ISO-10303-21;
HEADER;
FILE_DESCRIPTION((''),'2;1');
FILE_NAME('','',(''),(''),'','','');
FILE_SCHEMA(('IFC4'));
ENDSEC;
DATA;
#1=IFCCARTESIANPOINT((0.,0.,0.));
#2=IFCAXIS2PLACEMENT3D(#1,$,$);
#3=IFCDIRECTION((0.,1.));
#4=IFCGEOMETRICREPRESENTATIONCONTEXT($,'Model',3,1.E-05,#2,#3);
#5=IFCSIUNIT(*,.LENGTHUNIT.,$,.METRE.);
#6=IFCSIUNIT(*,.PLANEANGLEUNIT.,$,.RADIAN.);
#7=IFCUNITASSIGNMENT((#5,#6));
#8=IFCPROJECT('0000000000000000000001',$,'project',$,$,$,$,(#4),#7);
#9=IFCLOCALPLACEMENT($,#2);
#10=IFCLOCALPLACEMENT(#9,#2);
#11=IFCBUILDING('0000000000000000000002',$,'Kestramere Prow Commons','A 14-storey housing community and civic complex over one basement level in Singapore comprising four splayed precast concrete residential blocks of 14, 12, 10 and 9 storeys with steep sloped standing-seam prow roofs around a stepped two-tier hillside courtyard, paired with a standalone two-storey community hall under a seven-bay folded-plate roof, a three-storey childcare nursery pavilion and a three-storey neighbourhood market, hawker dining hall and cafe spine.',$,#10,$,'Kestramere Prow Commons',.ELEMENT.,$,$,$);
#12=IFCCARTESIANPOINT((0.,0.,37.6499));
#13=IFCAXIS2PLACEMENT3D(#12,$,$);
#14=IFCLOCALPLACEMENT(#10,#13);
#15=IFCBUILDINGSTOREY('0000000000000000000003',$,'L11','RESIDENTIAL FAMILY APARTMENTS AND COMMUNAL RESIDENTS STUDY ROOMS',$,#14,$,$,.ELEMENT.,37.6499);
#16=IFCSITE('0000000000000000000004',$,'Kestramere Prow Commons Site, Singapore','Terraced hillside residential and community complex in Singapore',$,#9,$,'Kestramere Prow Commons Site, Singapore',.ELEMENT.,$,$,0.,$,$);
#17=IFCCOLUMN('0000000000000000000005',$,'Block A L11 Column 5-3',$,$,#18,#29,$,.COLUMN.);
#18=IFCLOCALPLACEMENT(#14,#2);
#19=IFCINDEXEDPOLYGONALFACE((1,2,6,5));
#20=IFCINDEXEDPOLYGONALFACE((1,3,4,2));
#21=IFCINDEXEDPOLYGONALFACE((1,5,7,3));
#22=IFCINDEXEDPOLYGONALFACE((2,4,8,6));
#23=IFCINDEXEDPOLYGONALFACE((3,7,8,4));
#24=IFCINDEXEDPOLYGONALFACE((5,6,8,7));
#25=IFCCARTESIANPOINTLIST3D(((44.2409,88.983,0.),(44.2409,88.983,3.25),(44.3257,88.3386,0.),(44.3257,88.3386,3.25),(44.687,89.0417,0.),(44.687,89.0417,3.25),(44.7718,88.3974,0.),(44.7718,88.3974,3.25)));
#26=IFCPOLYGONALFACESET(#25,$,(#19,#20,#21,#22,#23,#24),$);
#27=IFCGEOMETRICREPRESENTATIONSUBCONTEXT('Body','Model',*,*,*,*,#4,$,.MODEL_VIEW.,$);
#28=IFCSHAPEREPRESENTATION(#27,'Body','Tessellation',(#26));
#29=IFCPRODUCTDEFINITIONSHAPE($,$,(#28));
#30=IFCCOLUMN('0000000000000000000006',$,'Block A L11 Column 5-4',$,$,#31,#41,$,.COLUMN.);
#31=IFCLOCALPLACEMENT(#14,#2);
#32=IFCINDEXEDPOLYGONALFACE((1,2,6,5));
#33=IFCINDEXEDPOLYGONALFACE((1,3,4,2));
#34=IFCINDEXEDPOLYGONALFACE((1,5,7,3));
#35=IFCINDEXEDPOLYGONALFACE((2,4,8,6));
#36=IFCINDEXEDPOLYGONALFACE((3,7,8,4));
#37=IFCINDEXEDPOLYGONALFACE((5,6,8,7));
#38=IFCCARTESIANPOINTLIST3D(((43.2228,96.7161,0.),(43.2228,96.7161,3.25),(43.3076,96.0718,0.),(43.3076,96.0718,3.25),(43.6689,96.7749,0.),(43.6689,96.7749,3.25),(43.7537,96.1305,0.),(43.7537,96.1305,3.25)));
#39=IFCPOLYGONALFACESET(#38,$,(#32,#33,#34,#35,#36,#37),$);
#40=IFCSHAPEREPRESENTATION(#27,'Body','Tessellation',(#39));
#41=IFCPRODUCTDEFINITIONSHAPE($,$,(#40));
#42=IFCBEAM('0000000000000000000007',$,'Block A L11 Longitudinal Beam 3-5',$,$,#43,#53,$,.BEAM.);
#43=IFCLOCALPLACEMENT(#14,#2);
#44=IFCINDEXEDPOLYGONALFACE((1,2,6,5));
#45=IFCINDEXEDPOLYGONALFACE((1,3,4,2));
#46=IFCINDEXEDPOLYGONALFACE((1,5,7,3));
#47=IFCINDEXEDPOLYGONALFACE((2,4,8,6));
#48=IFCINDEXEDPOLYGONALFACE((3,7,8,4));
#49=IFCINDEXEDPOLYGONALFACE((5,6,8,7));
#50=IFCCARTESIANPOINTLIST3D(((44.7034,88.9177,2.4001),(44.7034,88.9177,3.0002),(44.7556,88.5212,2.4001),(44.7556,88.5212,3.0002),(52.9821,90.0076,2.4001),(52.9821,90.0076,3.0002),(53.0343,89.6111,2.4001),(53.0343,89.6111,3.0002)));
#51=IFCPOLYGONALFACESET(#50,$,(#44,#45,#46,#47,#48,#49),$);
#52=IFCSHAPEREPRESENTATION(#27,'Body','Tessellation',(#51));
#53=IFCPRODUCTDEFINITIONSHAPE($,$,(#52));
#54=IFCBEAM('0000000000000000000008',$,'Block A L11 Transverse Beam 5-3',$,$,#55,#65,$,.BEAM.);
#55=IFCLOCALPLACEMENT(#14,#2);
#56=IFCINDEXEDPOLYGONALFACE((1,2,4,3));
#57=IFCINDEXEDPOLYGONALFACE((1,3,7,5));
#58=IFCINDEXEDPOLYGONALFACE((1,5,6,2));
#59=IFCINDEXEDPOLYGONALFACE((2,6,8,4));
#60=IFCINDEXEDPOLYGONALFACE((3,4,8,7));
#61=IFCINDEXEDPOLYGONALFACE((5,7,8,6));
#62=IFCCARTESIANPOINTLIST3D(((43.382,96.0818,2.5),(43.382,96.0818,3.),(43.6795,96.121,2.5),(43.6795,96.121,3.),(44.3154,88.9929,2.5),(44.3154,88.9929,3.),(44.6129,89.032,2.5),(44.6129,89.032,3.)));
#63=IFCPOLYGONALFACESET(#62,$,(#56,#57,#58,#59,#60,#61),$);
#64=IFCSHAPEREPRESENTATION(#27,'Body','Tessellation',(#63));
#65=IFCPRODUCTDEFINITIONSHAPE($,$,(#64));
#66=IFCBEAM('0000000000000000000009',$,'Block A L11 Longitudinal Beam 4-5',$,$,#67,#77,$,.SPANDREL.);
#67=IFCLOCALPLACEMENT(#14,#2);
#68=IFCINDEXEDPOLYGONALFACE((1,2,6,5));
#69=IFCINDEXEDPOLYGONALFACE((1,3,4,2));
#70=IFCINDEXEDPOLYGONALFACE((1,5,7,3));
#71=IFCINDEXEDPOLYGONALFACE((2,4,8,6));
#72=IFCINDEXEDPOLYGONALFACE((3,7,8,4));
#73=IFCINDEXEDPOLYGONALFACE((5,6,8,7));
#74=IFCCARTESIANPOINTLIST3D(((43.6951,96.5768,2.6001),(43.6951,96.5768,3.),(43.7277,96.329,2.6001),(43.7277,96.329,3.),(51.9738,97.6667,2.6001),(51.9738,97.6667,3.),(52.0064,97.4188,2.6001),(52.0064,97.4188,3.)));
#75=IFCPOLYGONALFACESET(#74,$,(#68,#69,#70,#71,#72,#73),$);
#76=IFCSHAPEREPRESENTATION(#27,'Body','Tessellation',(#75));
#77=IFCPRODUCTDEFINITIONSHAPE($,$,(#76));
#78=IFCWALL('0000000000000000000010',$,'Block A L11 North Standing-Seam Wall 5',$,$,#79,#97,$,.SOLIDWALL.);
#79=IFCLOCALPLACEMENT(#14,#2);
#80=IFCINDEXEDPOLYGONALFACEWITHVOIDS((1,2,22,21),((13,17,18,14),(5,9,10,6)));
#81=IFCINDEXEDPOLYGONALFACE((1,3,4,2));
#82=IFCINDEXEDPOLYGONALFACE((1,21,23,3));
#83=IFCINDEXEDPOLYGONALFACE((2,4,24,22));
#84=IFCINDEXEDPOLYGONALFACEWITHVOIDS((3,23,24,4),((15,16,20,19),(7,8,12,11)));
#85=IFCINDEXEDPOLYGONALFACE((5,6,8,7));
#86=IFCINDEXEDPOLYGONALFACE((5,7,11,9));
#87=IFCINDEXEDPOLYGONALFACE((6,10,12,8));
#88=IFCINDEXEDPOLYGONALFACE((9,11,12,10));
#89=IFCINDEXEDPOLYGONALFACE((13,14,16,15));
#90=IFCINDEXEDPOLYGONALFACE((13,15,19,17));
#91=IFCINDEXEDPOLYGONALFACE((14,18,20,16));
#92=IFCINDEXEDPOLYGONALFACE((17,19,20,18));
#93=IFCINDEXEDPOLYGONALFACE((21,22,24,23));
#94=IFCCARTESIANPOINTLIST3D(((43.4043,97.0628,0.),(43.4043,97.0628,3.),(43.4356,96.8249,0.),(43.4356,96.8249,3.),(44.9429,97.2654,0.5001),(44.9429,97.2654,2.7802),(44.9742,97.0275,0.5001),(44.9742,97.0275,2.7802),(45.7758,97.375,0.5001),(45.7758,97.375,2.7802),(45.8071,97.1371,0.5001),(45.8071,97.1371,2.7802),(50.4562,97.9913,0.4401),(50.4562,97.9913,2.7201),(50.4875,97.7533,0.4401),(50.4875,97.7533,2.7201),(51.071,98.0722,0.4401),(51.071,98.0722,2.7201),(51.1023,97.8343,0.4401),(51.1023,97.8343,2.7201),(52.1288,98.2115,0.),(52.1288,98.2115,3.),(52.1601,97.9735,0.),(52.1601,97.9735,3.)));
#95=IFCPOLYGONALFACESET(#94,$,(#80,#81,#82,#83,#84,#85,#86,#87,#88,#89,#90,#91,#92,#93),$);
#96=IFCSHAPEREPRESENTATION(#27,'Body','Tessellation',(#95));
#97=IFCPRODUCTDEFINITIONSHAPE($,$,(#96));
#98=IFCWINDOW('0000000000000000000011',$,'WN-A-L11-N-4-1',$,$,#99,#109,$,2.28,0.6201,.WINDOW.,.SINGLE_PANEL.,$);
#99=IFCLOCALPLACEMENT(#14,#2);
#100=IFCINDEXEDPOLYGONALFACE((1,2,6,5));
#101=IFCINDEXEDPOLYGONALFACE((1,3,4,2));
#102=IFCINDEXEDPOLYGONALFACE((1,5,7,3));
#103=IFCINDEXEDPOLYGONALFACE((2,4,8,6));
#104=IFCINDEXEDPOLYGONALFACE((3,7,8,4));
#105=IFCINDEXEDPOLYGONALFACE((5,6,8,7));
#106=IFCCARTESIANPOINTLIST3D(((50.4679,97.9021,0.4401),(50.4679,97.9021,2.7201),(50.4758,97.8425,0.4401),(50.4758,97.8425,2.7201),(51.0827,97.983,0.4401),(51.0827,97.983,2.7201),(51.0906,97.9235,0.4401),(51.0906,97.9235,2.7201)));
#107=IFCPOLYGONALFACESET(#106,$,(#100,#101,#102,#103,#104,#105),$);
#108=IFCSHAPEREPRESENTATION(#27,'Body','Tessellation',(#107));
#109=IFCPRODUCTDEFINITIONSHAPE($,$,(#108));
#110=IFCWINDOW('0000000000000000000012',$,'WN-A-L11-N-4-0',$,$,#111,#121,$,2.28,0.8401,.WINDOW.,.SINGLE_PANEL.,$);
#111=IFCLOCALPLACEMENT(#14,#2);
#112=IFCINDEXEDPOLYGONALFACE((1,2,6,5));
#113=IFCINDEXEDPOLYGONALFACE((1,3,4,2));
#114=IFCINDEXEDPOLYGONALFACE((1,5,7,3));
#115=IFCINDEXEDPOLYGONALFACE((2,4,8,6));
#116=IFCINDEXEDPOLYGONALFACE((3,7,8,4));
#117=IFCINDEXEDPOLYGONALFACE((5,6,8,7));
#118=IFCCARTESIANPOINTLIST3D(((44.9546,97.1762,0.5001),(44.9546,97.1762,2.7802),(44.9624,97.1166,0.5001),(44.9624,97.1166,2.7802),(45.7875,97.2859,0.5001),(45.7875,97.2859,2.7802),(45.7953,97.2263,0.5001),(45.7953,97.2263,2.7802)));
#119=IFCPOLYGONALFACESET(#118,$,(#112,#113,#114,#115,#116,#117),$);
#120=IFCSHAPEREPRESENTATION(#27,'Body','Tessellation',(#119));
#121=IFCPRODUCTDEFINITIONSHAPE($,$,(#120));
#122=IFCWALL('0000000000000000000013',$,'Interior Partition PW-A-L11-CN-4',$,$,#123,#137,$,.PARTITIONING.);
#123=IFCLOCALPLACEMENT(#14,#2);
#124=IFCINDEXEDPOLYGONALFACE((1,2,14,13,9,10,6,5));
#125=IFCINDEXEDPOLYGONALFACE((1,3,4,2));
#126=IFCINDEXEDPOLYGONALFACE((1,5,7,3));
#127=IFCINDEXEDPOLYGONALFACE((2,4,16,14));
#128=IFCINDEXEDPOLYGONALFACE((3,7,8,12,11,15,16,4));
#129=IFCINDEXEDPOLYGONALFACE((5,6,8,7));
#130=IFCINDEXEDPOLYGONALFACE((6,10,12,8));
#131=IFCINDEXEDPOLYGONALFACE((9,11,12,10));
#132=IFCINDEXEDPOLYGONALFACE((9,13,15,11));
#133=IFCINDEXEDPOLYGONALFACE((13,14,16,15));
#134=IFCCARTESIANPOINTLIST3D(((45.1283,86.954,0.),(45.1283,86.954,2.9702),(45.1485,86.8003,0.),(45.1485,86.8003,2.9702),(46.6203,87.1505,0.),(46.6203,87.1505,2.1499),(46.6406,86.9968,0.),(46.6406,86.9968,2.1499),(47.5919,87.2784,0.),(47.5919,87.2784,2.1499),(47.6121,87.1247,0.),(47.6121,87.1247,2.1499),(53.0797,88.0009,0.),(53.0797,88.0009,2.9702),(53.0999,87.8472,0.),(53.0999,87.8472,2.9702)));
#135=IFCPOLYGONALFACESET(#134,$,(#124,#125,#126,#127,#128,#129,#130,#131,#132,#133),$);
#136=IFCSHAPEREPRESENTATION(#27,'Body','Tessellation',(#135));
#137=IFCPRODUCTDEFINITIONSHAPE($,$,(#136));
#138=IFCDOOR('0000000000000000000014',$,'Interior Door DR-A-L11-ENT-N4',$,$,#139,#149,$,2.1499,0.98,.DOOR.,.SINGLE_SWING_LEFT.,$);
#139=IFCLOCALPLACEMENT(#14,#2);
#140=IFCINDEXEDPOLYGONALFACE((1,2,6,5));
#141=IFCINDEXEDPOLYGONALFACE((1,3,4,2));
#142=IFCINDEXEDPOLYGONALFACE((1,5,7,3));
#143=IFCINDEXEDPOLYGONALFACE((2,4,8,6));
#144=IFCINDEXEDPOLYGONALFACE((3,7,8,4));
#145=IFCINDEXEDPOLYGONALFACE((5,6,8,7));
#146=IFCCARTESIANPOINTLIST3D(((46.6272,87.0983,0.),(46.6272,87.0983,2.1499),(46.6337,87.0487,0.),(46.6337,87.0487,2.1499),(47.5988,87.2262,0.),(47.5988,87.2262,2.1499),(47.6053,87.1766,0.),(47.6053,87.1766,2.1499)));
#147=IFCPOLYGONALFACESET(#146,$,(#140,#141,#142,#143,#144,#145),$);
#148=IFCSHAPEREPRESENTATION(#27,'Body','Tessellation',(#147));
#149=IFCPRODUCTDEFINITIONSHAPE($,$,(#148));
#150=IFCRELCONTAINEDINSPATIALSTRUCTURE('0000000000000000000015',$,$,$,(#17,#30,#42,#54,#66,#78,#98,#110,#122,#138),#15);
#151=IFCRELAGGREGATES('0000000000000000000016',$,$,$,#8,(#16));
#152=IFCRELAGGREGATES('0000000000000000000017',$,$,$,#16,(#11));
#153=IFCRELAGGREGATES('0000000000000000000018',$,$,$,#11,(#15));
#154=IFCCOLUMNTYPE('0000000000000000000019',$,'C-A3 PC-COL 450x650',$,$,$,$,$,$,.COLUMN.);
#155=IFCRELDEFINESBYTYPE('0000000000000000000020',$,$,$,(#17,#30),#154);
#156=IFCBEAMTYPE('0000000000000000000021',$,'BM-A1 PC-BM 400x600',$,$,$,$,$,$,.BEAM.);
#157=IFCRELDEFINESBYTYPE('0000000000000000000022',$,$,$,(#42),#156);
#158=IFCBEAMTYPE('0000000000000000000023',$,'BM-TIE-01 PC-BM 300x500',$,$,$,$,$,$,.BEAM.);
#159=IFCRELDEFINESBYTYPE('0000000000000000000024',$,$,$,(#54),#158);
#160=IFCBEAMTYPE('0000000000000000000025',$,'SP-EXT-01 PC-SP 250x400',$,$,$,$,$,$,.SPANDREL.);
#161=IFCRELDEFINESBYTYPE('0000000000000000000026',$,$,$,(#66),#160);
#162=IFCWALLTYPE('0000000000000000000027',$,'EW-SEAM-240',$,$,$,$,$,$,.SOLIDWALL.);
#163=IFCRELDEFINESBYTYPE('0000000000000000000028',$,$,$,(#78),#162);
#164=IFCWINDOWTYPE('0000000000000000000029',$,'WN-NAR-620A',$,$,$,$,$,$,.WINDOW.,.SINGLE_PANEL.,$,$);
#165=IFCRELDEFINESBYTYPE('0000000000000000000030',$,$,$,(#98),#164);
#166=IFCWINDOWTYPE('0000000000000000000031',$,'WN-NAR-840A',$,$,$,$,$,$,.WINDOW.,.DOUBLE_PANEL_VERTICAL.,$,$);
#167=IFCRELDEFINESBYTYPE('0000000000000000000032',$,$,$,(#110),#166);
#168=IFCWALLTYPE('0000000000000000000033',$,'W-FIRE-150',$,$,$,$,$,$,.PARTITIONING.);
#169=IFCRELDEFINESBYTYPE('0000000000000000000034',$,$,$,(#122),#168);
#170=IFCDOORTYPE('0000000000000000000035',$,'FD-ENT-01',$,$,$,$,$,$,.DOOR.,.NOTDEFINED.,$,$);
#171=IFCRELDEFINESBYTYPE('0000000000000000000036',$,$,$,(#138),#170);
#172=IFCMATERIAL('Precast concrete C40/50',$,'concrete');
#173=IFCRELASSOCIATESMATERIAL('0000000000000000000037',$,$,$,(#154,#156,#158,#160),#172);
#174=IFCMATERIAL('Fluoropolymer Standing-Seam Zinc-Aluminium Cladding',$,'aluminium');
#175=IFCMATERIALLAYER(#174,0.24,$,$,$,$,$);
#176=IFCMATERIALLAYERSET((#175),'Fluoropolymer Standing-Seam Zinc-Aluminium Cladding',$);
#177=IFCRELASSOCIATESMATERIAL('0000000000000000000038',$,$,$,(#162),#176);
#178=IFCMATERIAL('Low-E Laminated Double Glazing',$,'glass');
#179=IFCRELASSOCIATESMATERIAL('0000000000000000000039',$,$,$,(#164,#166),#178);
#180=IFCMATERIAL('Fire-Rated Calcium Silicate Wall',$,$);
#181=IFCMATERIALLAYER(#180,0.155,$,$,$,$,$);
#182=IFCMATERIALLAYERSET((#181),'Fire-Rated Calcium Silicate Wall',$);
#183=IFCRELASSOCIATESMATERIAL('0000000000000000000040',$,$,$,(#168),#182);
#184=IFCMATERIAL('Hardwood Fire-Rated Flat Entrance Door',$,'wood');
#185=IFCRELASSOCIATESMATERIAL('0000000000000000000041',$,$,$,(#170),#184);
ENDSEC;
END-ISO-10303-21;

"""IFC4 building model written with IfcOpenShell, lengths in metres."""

from ifc_helpers import new_model, si_unit, direction, frame, frame_2d, origin, origin_2d, place, context, subcontext, project, spatial, rectangle, extrude, material, layer, layer_set, material_profile, profile_set, type_object, element, fill, save


model = new_model("IFC4")

# Units and contexts
model_context = context("Model", 3, precision=1e-05, world=origin(), true_north=direction((0.0, 1.0)))
body_context = subcontext(model_context, "Body", "Model", "MODEL_VIEW")
ifc_project = project(units=[si_unit("LENGTHUNIT", "METRE"), si_unit("PLANEANGLEUNIT", "RADIAN")], contexts=[model_context])

# Site, building, storey
site_placement = place(None, origin())
site = spatial("IfcSite", under=ifc_project, at=site_placement, Name="Kestramere Prow Commons Site, Singapore", Description="Terraced hillside residential and community complex in Singapore", LongName="Kestramere Prow Commons Site, Singapore", CompositionType="ELEMENT", RefElevation=0.0)
building_placement = place(site_placement, origin())
building = spatial("IfcBuilding", under=site, at=building_placement, Name="Kestramere Prow Commons", Description="A 14-storey housing community and civic complex over one basement level in Singapore comprising four splayed precast concrete residential blocks of 14, 12, 10 and 9 storeys with steep sloped standing-seam prow roofs around a stepped two-tier hillside courtyard, paired with a standalone two-storey community hall under a seven-bay folded-plate roof, a three-storey childcare nursery pavilion and a three-storey neighbourhood market, hawker dining hall and cafe spine.", LongName="Kestramere Prow Commons", CompositionType="ELEMENT")
storey_placement = place(building_placement, frame((0.0, 0.0, 37.6499)))
storey = spatial("IfcBuildingStorey", under=building, at=storey_placement, Name="L11", Description="RESIDENTIAL FAMILY APARTMENTS AND COMMUNAL RESIDENTS STUDY ROOMS", CompositionType="ELEMENT", Elevation=37.6499)

# Columns
ifc_material_1 = material(Name="Precast concrete C40/50", Category="concrete")
ifc_material_profile_1 = material_profile(ifc_material_1, rectangle(XDim=0.45, YDim=0.6499, at=origin_2d()), Name="PC-COL 450x650")
ifc_profile_set_1 = profile_set([ifc_material_profile_1], Name="Precast concrete C40/50")
column_type = type_object("IfcColumnType", Name="C-A3 PC-COL 450x650", PredefinedType="COLUMN", material=ifc_profile_set_1)
for number, where, z_axis, x_axis, name in (
    (1, (44.5063, 88.6902, 0.0), (0.0, 0.0, 1.0), (0.991445, 0.130526, 0.0), "Block A L11 Column 5-3"),
    (2, (43.4883, 96.4233, 0.0), (0.0, 0.0, 1.0), (0.991445, 0.130526, 0.0), "Block A L11 Column 5-4"),
):
    element("IfcColumn", number, at=place(storey_placement, frame(where, z_axis=z_axis, x_axis=x_axis)), inside=storey, type_object=column_type, Name=name, PredefinedType="COLUMN", context=body_context, shape_type="SweptSolid", body=[
        extrude(rectangle(XDim=0.45, YDim=0.6499, at=origin_2d()), origin(), (0.0, 0.0, 1.0), 3.25),
    ])

# Beams
ifc_material_profile_2 = material_profile(ifc_material_1, rectangle(XDim=0.3999, YDim=0.6001, at=origin_2d()), Name="PC-BM 400x600")
ifc_profile_set_2 = profile_set([ifc_material_profile_2], Name="Precast concrete C40/50")
beam_type_1 = type_object("IfcBeamType", Name="BM-A1 PC-BM 400x600", PredefinedType="BEAM", material=ifc_profile_set_2)
beam_1_placement = place(storey_placement, frame((44.7295, 88.7195, 2.7002), z_axis=(0.991446, 0.13052, 0.0), x_axis=(-0.13052, 0.991446, 0.0)))
element("IfcBeam", 3, at=beam_1_placement, inside=storey, type_object=beam_type_1, Name="Block A L11 Longitudinal Beam 3-5", PredefinedType="BEAM", context=body_context, shape_type="SweptSolid", body=[
    extrude(rectangle(XDim=0.3999, YDim=0.6001, at=origin_2d()), origin(), (0.0, 0.0, 1.0), 8.3501),
])
ifc_material_profile_3 = material_profile(ifc_material_1, rectangle(XDim=0.3, YDim=0.5, at=origin_2d()), Name="PC-BM 300x500")
ifc_profile_set_3 = profile_set([ifc_material_profile_3], Name="Precast concrete C40/50")
beam_type_2 = type_object("IfcBeamType", Name="BM-TIE-01 PC-BM 300x500", PredefinedType="BEAM", material=ifc_profile_set_3)
beam_2_placement = place(storey_placement, frame((44.4641, 89.0125, 2.75), z_axis=(-0.130538, 0.991443, 0.0), x_axis=(-0.991443, -0.130538, 0.0)))
element("IfcBeam", 4, at=beam_2_placement, inside=storey, type_object=beam_type_2, Name="Block A L11 Transverse Beam 5-3", PredefinedType="BEAM", context=body_context, shape_type="SweptSolid", body=[
    extrude(rectangle(XDim=0.3, YDim=0.5, at=origin_2d()), origin(), (0.0, 0.0, 1.0), 7.1501),
])
ifc_material_profile_4 = material_profile(ifc_material_1, rectangle(XDim=0.25, YDim=0.3999, at=origin_2d()), Name="PC-SP 250x400")
ifc_profile_set_4 = profile_set([ifc_material_profile_4], Name="Precast concrete C40/50")
beam_type_3 = type_object("IfcBeamType", Name="SP-EXT-01 PC-SP 250x400", PredefinedType="SPANDREL", material=ifc_profile_set_4)
beam_3_placement = place(storey_placement, frame((43.7114, 96.4529, 2.8), z_axis=(0.991446, 0.13052, 0.0), x_axis=(-0.13052, 0.991446, 0.0)))
element("IfcBeam", 5, at=beam_3_placement, inside=storey, type_object=beam_type_3, Name="Block A L11 Longitudinal Beam 4-5", PredefinedType="SPANDREL", context=body_context, shape_type="SweptSolid", body=[
    extrude(rectangle(XDim=0.25, YDim=0.3999, at=origin_2d()), origin(), (0.0, 0.0, 1.0), 8.3501),
])

# Wall, openings, windows
ifc_material_2 = material(Name="Fluoropolymer Standing-Seam Zinc-Aluminium Cladding", Category="aluminium")
ifc_layer_1 = layer(ifc_material_2, 0.24)
ifc_layer_set_1 = layer_set([ifc_layer_1], Name="Fluoropolymer Standing-Seam Zinc-Aluminium Cladding")
wall_type_1 = type_object("IfcWallType", Name="EW-SEAM-240", PredefinedType="SOLIDWALL", material=ifc_layer_set_1)
wall_1_placement = place(storey_placement, frame((43.4199, 96.9438, 0.0), z_axis=(0.0, 0.0, 1.0), x_axis=(0.991444, 0.130533, 0.0)))
wall_1 = element("IfcWall", 6, at=wall_1_placement, inside=storey, type_object=wall_type_1, Name="Block A L11 North Standing-Seam Wall 5", PredefinedType="SOLIDWALL", context=body_context, shape_type="SweptSolid", body=[
    extrude(rectangle(XDim=8.7998, YDim=0.24, at=frame_2d((4.3999, 0.0))), origin(), (0.0, 0.0, 1.0), 3.0),
])
opening_1_placement = place(wall_1_placement, frame((1.552, 0.0, 0.5)))
opening_1 = element("IfcOpeningElement", 7, at=opening_1_placement, cuts=wall_1, PredefinedType="OPENING", context=body_context, shape_type="SweptSolid", body=[
    extrude(rectangle(XDim=0.8401, YDim=2.28, at=frame_2d((0.4199, 1.1401))), frame((0.0, 0.135, 0.0), z_axis=(0.0, -1.0, 0.0), x_axis=(1.0, 0.0, 0.0)), (0.0, 0.0, 1.0), 0.27),
])
opening_2_placement = place(wall_1_placement, frame((7.1128, 0.0, 0.4399)))
opening_2 = element("IfcOpeningElement", 8, at=opening_2_placement, cuts=wall_1, PredefinedType="OPENING", context=body_context, shape_type="SweptSolid", body=[
    extrude(rectangle(XDim=0.6201, YDim=2.28, at=frame_2d((0.3101, 1.1401))), frame((0.0, 0.135, 0.0), z_axis=(0.0, -1.0, 0.0), x_axis=(1.0, 0.0, 0.0)), (0.0, 0.0, 1.0), 0.27),
])
ifc_material_3 = material(Name="Low-E Laminated Double Glazing", Category="glass")
window_type_1 = type_object("IfcWindowType", Name="WN-NAR-620A", PartitioningType="SINGLE_PANEL", PredefinedType="WINDOW", material=ifc_material_3)
window_1_placement = place(opening_2_placement, origin())
window_1 = element("IfcWindow", 9, at=window_1_placement, inside=storey, type_object=window_type_1, Name="WN-A-L11-N-4-1", OverallHeight=2.28, OverallWidth=0.6201, PartitioningType="SINGLE_PANEL", PredefinedType="WINDOW", context=body_context, shape_type="SweptSolid", body=[
    extrude(rectangle(XDim=0.6201, YDim=2.28, at=frame_2d((0.3101, 1.1401))), frame((0.0, 0.03, 0.0), z_axis=(0.0, -1.0, 0.0), x_axis=(1.0, 0.0, 0.0)), (0.0, 0.0, 1.0), 0.0601),
])
fill(opening_2, window_1)
window_type_2 = type_object("IfcWindowType", Name="WN-NAR-840A", PartitioningType="DOUBLE_PANEL_VERTICAL", PredefinedType="WINDOW", material=ifc_material_3)
window_2_placement = place(opening_1_placement, origin())
window_2 = element("IfcWindow", 10, at=window_2_placement, inside=storey, type_object=window_type_2, Name="WN-A-L11-N-4-0", OverallHeight=2.28, OverallWidth=0.8401, PartitioningType="SINGLE_PANEL", PredefinedType="WINDOW", context=body_context, shape_type="SweptSolid", body=[
    extrude(rectangle(XDim=0.8401, YDim=2.28, at=frame_2d((0.4199, 1.1401))), frame((0.0, 0.03, 0.0), z_axis=(0.0, -1.0, 0.0), x_axis=(1.0, 0.0, 0.0)), (0.0, 0.0, 1.0), 0.0601),
])
fill(opening_1, window_2)

# Wall, opening, door
ifc_material_4 = material(Name="Fire-Rated Calcium Silicate Wall")
ifc_layer_2 = layer(ifc_material_4, 0.155)
ifc_layer_set_2 = layer_set([ifc_layer_2], Name="Fire-Rated Calcium Silicate Wall")
wall_type_2 = type_object("IfcWallType", Name="W-FIRE-150", PredefinedType="PARTITIONING", material=ifc_layer_set_2)
wall_2_placement = place(storey_placement, frame((45.1384, 86.8772, 0.0), z_axis=(0.0, 0.0, 1.0), x_axis=(0.991444, 0.130532, 0.0)))
wall_2 = element("IfcWall", 11, at=wall_2_placement, inside=storey, type_object=wall_type_2, Name="Interior Partition PW-A-L11-CN-4", PredefinedType="PARTITIONING", context=body_context, shape_type="SweptSolid", body=[
    extrude(rectangle(XDim=8.02, YDim=0.155, at=frame_2d((4.01, 0.0))), origin(), (0.0, 0.0, 1.0), 2.9702),
])
opening_3_placement = place(wall_2_placement, frame((1.5049, 0.0, 0.0)))
opening_3 = element("IfcOpeningElement", 12, at=opening_3_placement, cuts=wall_2, PredefinedType="OPENING", context=body_context, shape_type="SweptSolid", body=[
    extrude(rectangle(XDim=0.98, YDim=2.1499, at=frame_2d((0.49, 1.075))), frame((0.0, 0.0925, 0.0), z_axis=(0.0, -1.0, 0.0), x_axis=(1.0, 0.0, 0.0)), (0.0, 0.0, 1.0), 0.1851),
])
ifc_material_5 = material(Name="Hardwood Fire-Rated Flat Entrance Door", Category="wood")
door_type_1 = type_object("IfcDoorType", Name="FD-ENT-01", OperationType="NOTDEFINED", PredefinedType="DOOR", material=ifc_material_5)
door_1_placement = place(opening_3_placement, origin())
door_1 = element("IfcDoor", 13, at=door_1_placement, inside=storey, type_object=door_type_1, Name="Interior Door DR-A-L11-ENT-N4", OperationType="SINGLE_SWING_LEFT", OverallHeight=2.1499, OverallWidth=0.98, PredefinedType="DOOR", context=body_context, shape_type="SweptSolid", body=[
    extrude(rectangle(XDim=0.98, YDim=2.1499, at=frame_2d((0.49, 1.075))), frame((0.0, 0.0249, 0.0), z_axis=(0.0, -1.0, 0.0), x_axis=(1.0, 0.0, 0.0)), (0.0, 0.0, 1.0), 0.05),
])
fill(opening_3, door_1)

save(model, "model.ifc")
